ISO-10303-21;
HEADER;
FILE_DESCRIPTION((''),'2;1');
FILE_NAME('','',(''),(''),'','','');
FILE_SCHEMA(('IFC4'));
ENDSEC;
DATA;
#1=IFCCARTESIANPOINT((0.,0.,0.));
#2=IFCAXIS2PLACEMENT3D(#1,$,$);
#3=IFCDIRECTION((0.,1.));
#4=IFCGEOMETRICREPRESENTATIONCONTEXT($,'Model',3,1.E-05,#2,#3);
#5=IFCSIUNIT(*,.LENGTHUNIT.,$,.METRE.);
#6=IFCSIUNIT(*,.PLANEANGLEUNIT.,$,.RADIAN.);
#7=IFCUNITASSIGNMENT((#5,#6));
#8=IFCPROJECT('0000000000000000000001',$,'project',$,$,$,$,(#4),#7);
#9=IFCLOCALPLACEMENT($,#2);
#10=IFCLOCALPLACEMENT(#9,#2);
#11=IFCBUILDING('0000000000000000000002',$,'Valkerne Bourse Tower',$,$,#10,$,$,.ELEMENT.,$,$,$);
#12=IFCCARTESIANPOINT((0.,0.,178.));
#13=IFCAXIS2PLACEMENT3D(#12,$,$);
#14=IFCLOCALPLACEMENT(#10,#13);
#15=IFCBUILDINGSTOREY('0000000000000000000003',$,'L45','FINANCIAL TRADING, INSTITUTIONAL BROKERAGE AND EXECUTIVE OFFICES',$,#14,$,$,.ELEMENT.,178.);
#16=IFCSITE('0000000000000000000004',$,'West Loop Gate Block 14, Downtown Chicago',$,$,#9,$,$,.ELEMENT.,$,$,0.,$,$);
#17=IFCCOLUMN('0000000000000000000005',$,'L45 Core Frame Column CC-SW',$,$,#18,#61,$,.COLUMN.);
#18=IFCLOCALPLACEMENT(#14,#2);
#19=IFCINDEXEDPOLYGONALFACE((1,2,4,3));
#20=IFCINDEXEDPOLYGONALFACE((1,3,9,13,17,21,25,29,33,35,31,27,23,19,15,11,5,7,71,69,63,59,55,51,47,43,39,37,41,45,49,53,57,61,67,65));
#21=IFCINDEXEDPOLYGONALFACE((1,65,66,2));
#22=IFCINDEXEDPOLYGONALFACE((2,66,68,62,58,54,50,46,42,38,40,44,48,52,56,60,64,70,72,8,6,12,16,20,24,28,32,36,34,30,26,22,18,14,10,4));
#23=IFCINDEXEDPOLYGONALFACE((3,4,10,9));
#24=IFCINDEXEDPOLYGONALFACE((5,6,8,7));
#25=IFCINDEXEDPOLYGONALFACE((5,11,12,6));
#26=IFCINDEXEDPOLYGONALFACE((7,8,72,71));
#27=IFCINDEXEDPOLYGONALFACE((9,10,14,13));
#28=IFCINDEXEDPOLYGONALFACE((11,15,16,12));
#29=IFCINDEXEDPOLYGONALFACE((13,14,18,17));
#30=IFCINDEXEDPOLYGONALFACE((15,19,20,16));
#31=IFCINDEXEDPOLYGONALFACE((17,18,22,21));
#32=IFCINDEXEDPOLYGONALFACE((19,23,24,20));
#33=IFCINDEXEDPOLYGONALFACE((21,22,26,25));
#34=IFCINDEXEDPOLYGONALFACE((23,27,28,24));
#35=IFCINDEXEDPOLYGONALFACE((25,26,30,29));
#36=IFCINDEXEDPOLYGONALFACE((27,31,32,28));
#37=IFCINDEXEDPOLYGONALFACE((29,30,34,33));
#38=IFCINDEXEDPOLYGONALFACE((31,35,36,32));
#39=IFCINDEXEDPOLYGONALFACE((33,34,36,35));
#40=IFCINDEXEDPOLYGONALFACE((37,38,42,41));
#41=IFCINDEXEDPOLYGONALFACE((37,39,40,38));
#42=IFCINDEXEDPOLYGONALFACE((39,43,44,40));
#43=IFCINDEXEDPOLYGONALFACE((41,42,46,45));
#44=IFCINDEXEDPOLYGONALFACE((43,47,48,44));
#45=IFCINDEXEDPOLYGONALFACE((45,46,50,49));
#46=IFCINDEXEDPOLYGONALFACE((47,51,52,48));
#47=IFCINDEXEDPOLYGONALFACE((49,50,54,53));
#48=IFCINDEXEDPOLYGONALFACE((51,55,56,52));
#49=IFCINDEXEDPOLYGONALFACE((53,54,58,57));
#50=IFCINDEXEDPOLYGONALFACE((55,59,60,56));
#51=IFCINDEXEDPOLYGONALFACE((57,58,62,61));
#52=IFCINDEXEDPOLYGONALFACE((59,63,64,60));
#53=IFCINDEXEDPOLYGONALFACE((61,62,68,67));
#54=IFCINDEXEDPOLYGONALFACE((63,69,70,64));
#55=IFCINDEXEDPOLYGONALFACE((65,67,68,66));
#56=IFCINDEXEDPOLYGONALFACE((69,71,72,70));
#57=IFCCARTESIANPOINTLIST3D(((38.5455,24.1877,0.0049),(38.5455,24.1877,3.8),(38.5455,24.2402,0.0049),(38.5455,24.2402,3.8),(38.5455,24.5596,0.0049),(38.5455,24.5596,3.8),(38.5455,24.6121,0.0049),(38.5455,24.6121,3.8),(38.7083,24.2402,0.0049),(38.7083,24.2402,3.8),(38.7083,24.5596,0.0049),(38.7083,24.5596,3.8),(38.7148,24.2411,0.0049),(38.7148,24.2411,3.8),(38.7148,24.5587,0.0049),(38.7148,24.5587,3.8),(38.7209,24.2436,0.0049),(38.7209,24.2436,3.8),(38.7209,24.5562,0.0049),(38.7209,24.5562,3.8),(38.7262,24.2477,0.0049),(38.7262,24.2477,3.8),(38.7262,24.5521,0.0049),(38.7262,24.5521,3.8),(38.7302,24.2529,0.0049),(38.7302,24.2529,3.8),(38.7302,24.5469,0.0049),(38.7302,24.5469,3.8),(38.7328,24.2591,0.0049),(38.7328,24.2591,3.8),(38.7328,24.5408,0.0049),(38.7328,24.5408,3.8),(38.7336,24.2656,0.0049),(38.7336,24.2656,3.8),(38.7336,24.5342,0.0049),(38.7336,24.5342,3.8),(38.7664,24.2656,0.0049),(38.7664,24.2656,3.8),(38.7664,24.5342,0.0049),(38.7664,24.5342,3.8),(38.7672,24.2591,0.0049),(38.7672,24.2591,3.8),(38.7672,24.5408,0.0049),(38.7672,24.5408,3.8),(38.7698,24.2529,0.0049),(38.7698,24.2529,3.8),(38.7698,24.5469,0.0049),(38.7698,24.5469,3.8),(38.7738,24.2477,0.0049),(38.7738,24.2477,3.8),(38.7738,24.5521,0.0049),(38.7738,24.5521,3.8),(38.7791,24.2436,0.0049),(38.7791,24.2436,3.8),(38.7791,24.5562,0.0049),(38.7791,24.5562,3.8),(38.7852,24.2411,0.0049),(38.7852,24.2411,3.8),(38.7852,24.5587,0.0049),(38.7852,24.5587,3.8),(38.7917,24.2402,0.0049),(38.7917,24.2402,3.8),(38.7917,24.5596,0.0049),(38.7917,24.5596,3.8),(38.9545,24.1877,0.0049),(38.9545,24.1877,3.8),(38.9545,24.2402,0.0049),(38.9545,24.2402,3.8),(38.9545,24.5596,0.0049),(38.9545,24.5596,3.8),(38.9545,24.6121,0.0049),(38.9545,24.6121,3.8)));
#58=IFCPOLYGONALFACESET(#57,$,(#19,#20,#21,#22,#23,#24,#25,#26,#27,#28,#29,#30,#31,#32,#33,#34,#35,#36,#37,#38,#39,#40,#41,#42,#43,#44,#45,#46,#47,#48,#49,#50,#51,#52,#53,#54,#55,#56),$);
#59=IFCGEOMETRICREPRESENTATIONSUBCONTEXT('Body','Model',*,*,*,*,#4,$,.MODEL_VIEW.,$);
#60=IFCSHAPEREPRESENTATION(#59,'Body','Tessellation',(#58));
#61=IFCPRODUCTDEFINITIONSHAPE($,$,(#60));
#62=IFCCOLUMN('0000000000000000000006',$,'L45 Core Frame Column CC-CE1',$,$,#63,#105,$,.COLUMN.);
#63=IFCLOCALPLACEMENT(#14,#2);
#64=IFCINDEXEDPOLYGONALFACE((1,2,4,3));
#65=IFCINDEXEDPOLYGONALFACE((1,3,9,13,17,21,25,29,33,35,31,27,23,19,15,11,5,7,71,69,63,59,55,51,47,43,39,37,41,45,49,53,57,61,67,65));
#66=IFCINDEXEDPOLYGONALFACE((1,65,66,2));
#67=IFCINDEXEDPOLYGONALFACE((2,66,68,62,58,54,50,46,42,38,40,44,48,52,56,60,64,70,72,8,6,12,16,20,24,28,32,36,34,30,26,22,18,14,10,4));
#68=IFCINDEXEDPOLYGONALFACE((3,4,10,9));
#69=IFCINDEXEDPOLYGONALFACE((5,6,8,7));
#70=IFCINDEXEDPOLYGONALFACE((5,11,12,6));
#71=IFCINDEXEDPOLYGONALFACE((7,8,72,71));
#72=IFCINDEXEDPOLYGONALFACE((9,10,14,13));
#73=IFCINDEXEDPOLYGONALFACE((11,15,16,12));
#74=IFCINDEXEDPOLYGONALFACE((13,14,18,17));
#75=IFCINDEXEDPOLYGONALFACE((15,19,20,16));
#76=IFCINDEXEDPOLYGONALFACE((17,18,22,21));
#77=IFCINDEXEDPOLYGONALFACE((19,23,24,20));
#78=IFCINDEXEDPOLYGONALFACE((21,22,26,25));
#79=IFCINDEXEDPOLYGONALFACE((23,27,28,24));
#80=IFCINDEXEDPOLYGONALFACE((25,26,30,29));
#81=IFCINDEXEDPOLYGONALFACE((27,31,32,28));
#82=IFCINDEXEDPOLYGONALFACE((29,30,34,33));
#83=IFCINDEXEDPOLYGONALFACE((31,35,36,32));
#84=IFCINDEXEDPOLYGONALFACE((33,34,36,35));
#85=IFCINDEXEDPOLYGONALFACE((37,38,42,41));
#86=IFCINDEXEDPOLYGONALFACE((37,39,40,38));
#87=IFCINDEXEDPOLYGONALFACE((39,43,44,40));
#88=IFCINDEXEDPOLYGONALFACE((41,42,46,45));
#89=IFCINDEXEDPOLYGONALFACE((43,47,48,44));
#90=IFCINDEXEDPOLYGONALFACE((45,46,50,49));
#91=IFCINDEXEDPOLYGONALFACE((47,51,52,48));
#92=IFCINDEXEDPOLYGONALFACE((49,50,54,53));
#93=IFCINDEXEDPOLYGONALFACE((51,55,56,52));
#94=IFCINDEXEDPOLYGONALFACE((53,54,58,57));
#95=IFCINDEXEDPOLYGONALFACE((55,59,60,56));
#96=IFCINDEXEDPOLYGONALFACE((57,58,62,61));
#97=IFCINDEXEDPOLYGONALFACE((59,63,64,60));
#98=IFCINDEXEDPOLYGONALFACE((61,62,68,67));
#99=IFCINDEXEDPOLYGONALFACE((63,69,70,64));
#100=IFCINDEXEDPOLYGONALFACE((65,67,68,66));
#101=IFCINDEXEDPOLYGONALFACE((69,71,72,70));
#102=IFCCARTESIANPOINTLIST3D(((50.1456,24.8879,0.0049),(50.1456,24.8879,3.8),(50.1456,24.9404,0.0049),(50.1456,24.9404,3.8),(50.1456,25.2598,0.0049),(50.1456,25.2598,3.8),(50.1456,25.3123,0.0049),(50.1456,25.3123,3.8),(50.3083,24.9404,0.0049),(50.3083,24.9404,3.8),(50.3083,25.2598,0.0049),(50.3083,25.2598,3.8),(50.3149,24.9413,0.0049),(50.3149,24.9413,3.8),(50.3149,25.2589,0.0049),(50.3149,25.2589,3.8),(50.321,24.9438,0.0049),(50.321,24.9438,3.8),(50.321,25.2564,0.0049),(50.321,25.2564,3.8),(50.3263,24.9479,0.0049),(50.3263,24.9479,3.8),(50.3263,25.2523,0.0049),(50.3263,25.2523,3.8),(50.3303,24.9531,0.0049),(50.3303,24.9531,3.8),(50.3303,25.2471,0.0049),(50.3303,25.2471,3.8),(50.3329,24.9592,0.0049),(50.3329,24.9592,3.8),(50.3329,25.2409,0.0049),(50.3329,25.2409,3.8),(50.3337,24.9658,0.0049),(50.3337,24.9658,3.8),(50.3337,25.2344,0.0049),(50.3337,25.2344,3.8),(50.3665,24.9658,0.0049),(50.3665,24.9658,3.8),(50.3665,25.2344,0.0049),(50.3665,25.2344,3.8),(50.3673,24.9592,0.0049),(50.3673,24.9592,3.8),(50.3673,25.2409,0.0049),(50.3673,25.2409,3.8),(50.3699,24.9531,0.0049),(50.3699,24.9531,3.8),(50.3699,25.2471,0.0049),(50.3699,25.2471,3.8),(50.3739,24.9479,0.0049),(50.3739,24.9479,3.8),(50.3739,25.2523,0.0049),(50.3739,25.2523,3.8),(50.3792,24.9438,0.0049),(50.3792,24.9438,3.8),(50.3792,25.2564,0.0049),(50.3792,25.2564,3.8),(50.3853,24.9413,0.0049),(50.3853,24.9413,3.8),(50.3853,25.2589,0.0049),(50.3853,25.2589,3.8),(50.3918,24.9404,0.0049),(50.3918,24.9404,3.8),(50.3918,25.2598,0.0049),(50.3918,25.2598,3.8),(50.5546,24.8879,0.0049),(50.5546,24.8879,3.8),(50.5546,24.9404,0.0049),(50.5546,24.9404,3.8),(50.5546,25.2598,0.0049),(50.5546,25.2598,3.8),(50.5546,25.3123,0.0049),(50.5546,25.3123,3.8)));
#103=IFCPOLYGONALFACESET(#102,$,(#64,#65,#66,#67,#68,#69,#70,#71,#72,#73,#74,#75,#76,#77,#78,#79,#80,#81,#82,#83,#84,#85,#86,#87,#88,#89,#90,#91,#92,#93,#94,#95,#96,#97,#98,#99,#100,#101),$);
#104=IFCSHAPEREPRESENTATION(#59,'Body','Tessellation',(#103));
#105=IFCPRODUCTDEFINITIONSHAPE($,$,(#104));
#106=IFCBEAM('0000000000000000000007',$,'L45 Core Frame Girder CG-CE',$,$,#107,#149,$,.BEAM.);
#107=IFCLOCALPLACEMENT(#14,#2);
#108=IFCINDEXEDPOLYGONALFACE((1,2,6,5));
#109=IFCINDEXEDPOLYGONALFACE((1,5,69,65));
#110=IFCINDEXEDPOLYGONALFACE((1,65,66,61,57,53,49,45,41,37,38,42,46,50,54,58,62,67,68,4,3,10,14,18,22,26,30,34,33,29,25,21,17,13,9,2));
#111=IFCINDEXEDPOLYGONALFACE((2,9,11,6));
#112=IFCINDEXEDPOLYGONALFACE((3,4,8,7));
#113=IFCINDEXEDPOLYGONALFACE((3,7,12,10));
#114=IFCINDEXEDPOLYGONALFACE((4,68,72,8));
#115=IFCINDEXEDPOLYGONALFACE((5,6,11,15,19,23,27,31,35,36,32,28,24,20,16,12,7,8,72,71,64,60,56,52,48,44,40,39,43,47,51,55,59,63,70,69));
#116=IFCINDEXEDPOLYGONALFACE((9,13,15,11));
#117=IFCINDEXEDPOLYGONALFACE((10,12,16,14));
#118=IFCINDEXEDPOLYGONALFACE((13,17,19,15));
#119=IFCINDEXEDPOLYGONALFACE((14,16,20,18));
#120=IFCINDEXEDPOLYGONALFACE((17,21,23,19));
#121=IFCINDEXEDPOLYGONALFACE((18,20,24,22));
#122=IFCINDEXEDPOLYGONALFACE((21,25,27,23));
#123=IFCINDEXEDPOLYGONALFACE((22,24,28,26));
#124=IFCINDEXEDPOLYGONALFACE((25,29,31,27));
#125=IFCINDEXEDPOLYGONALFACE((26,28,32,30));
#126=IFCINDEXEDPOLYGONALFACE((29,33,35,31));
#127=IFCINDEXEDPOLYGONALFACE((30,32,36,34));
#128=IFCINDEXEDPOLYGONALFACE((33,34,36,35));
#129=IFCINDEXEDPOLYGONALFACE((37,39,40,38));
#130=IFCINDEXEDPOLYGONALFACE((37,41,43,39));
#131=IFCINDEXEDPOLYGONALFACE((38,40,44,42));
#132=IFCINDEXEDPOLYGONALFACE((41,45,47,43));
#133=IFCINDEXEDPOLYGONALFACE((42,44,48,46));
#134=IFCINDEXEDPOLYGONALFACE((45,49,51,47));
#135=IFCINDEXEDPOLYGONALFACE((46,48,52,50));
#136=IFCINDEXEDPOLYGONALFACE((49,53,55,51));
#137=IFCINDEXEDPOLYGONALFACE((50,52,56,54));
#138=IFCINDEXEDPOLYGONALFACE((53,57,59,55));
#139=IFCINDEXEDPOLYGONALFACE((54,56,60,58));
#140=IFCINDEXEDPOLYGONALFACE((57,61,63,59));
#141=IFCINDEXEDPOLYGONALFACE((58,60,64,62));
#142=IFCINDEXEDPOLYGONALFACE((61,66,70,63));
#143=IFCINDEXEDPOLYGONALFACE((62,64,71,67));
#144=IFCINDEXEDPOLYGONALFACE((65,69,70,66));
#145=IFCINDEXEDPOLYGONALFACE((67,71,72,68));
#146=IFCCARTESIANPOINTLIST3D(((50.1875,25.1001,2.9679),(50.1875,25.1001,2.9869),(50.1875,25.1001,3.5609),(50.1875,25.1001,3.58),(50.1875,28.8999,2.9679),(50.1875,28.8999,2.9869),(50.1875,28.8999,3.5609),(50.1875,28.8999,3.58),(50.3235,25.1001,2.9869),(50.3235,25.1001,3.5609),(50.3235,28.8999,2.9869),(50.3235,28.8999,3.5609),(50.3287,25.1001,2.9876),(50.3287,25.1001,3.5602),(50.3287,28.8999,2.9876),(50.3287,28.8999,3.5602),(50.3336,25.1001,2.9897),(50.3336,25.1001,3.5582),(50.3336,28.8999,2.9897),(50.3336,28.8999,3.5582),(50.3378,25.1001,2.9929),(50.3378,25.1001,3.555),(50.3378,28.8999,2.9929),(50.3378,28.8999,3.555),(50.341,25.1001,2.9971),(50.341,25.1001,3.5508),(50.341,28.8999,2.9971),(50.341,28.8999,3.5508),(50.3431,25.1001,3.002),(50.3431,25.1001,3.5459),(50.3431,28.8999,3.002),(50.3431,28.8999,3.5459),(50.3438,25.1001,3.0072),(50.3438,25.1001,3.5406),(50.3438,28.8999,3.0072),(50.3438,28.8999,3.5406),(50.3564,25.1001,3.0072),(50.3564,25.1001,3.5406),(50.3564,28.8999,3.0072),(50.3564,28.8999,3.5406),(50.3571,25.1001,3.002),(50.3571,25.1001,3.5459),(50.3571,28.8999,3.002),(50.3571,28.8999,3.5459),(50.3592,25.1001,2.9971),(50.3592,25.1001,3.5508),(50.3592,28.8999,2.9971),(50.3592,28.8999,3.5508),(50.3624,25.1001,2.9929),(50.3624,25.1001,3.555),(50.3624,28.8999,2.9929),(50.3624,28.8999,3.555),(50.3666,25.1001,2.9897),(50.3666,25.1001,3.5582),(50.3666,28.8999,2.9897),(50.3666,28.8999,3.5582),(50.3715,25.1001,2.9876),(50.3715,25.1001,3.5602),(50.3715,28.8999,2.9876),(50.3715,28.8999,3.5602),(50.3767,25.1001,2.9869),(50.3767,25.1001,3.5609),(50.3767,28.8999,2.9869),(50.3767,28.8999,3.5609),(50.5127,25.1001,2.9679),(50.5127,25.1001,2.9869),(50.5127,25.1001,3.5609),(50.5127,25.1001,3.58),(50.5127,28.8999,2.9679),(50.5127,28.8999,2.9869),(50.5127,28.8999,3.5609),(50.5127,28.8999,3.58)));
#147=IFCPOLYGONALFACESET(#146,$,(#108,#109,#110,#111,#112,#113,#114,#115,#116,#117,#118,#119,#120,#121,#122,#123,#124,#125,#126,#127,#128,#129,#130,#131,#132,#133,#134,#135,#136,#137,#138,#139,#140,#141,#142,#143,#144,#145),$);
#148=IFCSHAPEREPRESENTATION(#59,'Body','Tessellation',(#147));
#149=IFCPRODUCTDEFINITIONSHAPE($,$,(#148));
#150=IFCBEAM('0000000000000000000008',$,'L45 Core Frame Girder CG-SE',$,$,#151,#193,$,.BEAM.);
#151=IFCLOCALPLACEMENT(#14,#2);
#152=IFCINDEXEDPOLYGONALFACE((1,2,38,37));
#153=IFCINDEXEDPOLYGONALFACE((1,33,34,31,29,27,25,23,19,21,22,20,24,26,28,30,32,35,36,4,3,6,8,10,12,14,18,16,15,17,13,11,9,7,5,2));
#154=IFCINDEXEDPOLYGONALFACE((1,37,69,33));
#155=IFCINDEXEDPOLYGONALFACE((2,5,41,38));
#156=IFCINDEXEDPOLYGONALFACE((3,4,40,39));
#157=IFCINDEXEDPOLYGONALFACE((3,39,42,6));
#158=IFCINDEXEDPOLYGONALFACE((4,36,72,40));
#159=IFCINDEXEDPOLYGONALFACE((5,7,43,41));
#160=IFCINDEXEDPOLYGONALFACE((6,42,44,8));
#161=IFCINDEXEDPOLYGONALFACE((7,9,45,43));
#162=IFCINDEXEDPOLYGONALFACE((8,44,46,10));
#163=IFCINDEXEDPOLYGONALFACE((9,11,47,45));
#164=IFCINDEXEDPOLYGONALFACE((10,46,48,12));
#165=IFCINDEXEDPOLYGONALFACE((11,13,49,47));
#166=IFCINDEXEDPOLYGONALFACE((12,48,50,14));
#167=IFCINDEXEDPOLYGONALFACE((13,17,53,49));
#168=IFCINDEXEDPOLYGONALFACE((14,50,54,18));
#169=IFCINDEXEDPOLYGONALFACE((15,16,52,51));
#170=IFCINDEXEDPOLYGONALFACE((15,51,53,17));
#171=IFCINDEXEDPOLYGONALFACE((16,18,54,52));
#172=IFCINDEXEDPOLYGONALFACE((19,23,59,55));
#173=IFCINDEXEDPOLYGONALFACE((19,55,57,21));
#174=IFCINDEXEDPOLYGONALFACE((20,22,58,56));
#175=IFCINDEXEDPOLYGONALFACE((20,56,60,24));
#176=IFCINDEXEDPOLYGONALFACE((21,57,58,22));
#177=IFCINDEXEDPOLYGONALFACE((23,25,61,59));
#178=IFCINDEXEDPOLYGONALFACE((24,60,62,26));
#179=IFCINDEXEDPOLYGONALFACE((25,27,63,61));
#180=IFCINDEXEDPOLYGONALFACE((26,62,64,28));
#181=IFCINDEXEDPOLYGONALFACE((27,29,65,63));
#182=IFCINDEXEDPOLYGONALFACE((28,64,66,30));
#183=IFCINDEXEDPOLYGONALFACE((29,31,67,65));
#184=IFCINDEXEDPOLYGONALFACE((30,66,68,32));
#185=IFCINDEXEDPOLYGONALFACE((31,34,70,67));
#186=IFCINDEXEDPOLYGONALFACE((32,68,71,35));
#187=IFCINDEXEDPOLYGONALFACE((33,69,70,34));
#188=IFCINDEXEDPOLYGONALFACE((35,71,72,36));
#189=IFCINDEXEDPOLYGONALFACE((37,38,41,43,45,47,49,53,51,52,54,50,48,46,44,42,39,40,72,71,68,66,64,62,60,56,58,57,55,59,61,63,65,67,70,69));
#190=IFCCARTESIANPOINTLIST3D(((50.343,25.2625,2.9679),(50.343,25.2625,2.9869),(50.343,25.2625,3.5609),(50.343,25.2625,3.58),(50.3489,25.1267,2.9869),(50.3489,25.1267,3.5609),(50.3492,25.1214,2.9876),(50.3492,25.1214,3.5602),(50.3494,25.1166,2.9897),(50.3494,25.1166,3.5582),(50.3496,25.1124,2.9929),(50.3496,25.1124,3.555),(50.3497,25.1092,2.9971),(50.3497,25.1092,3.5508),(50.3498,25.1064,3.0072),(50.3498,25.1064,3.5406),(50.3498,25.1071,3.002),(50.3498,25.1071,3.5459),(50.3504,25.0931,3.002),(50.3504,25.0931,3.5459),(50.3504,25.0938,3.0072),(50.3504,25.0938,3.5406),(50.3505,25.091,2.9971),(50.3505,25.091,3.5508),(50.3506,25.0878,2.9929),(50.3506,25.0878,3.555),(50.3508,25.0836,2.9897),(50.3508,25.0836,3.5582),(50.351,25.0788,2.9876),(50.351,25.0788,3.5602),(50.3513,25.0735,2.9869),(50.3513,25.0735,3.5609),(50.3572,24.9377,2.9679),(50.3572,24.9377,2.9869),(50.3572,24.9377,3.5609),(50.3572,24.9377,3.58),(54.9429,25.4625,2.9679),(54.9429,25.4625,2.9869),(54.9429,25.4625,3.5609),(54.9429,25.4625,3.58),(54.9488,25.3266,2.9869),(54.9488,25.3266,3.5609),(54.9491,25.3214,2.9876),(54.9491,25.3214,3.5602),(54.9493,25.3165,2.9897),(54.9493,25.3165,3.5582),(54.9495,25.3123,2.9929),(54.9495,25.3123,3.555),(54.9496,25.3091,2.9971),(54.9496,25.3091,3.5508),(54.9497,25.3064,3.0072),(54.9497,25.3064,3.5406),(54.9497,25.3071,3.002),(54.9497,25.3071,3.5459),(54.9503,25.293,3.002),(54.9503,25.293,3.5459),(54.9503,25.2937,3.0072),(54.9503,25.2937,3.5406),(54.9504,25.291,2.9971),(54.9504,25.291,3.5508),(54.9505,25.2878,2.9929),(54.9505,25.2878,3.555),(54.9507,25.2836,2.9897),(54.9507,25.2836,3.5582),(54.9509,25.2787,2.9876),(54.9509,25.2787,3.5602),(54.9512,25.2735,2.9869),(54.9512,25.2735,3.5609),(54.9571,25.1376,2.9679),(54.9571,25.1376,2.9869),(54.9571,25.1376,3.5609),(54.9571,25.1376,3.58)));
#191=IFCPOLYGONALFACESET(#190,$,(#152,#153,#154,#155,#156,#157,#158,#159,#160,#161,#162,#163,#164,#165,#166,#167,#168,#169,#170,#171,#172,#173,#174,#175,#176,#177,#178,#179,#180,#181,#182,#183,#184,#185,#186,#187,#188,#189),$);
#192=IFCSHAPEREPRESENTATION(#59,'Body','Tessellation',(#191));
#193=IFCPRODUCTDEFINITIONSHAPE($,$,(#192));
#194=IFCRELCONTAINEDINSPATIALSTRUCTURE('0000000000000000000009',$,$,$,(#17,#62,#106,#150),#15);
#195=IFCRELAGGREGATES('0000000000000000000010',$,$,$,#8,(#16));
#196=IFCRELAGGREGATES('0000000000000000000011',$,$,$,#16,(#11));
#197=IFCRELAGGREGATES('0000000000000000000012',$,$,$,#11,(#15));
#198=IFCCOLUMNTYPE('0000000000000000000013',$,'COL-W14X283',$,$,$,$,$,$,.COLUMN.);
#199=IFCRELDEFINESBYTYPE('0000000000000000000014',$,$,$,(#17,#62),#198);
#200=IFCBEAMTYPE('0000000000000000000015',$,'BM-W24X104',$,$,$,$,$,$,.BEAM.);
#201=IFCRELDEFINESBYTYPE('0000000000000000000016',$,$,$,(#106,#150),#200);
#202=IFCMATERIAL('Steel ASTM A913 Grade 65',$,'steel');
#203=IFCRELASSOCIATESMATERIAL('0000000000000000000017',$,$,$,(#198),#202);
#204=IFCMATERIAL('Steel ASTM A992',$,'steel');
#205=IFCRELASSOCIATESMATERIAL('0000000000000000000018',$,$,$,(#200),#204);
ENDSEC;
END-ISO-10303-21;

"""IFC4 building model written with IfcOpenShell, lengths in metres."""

from ifc_helpers import new_model, si_unit, direction, frame, origin, origin_2d, place, context, subcontext, project, spatial, i_section, extrude, material, material_profile, profile_set, type_object, element, save


model = new_model("IFC4")

# Units and contexts
model_context = context("Model", 3, precision=1e-05, world=origin(), true_north=direction((0.0, 1.0)))
body_context = subcontext(model_context, "Body", "Model", "MODEL_VIEW")
ifc_project = project(units=[si_unit("LENGTHUNIT", "METRE"), si_unit("PLANEANGLEUNIT", "RADIAN")], contexts=[model_context])

# Site, building, storey
site_placement = place(None, origin())
site = spatial("IfcSite", under=ifc_project, at=site_placement, Name="West Loop Gate Block 14, Downtown Chicago", CompositionType="ELEMENT", RefElevation=0.0)
building_placement = place(site_placement, origin())
building = spatial("IfcBuilding", under=site, at=building_placement, Name="Valkerne Bourse Tower", CompositionType="ELEMENT")
storey_placement = place(building_placement, frame((0.0, 0.0, 178.0)))
storey = spatial("IfcBuildingStorey", under=building, at=storey_placement, Name="L45", Description="FINANCIAL TRADING, INSTITUTIONAL BROKERAGE AND EXECUTIVE OFFICES", CompositionType="ELEMENT", Elevation=178.0)

# Columns
ifc_material_1 = material(Name="Steel ASTM A913 Grade 65", Category="steel")
ifc_material_profile_1 = material_profile(ifc_material_1, i_section(OverallWidth=0.4089, OverallDepth=0.4243, WebThickness=0.0327, FlangeThickness=0.0525, FilletRadius=0.0254, at=origin_2d()), Name="W14X283")
ifc_profile_set_1 = profile_set([ifc_material_profile_1], Name="Steel ASTM A913 Grade 65")
column_type = type_object("IfcColumnType", Name="COL-W14X283", PredefinedType="COLUMN", material=ifc_profile_set_1)
for number, where, z_axis, x_axis, name in (
    (1, (38.75, 24.3999, 0.0049), (0.0, 0.0, 1.0), (1.0, 0.0, 0.0), "L45 Core Frame Column CC-SW"),
    (2, (50.3501, 25.1001, 0.0049), (0.0, 0.0, 1.0), (1.0, 0.0, 0.0), "L45 Core Frame Column CC-CE1"),
):
    element("IfcColumn", number, at=place(storey_placement, frame(where, z_axis=z_axis, x_axis=x_axis)), inside=storey, type_object=column_type, Name=name, PredefinedType="COLUMN", context=body_context, shape_type="SweptSolid", body=[
        extrude(i_section(OverallWidth=0.4089, OverallDepth=0.4243, WebThickness=0.0327, FlangeThickness=0.0525, FilletRadius=0.0254, at=origin_2d()), origin(), (0.0, 0.0, 1.0), 3.7952),
    ])

# Beams
ifc_material_2 = material(Name="Steel ASTM A992", Category="steel")
ifc_material_profile_2 = material_profile(ifc_material_2, i_section(OverallWidth=0.3252, OverallDepth=0.6121, WebThickness=0.0127, FlangeThickness=0.019, FilletRadius=0.0203, at=origin_2d()), Name="W24X104")
ifc_profile_set_2 = profile_set([ifc_material_profile_2], Name="Steel ASTM A992")
beam_type = type_object("IfcBeamType", Name="BM-W24X104", PredefinedType="BEAM", material=ifc_profile_set_2)
beam_1_placement = place(storey_placement, frame((50.3501, 25.1001, 3.2739), z_axis=(0.0, 1.0, 0.0), x_axis=(-1.0, 0.0, 0.0)))
element("IfcBeam", 3, at=beam_1_placement, inside=storey, type_object=beam_type, Name="L45 Core Frame Girder CG-CE", PredefinedType="BEAM", context=body_context, shape_type="SweptSolid", body=[
    extrude(i_section(OverallWidth=0.3252, OverallDepth=0.6121, WebThickness=0.0127, FlangeThickness=0.019, FilletRadius=0.0203, at=origin_2d()), origin(), (0.0, 0.0, 1.0), 3.7998),
])
beam_2_placement = place(storey_placement, frame((50.3501, 25.1001, 3.2739), z_axis=(0.999057, 0.043428, 0.0), x_axis=(-0.043428, 0.999057, 0.0)))
element("IfcBeam", 4, at=beam_2_placement, inside=storey, type_object=beam_type, Name="L45 Core Frame Girder CG-SE", PredefinedType="BEAM", context=body_context, shape_type="SweptSolid", body=[
    extrude(i_section(OverallWidth=0.3252, OverallDepth=0.6121, WebThickness=0.0127, FlangeThickness=0.019, FilletRadius=0.0203, at=origin_2d()), origin(), (0.0, 0.0, 1.0), 4.6042),
])

save(model, "model.ifc")
